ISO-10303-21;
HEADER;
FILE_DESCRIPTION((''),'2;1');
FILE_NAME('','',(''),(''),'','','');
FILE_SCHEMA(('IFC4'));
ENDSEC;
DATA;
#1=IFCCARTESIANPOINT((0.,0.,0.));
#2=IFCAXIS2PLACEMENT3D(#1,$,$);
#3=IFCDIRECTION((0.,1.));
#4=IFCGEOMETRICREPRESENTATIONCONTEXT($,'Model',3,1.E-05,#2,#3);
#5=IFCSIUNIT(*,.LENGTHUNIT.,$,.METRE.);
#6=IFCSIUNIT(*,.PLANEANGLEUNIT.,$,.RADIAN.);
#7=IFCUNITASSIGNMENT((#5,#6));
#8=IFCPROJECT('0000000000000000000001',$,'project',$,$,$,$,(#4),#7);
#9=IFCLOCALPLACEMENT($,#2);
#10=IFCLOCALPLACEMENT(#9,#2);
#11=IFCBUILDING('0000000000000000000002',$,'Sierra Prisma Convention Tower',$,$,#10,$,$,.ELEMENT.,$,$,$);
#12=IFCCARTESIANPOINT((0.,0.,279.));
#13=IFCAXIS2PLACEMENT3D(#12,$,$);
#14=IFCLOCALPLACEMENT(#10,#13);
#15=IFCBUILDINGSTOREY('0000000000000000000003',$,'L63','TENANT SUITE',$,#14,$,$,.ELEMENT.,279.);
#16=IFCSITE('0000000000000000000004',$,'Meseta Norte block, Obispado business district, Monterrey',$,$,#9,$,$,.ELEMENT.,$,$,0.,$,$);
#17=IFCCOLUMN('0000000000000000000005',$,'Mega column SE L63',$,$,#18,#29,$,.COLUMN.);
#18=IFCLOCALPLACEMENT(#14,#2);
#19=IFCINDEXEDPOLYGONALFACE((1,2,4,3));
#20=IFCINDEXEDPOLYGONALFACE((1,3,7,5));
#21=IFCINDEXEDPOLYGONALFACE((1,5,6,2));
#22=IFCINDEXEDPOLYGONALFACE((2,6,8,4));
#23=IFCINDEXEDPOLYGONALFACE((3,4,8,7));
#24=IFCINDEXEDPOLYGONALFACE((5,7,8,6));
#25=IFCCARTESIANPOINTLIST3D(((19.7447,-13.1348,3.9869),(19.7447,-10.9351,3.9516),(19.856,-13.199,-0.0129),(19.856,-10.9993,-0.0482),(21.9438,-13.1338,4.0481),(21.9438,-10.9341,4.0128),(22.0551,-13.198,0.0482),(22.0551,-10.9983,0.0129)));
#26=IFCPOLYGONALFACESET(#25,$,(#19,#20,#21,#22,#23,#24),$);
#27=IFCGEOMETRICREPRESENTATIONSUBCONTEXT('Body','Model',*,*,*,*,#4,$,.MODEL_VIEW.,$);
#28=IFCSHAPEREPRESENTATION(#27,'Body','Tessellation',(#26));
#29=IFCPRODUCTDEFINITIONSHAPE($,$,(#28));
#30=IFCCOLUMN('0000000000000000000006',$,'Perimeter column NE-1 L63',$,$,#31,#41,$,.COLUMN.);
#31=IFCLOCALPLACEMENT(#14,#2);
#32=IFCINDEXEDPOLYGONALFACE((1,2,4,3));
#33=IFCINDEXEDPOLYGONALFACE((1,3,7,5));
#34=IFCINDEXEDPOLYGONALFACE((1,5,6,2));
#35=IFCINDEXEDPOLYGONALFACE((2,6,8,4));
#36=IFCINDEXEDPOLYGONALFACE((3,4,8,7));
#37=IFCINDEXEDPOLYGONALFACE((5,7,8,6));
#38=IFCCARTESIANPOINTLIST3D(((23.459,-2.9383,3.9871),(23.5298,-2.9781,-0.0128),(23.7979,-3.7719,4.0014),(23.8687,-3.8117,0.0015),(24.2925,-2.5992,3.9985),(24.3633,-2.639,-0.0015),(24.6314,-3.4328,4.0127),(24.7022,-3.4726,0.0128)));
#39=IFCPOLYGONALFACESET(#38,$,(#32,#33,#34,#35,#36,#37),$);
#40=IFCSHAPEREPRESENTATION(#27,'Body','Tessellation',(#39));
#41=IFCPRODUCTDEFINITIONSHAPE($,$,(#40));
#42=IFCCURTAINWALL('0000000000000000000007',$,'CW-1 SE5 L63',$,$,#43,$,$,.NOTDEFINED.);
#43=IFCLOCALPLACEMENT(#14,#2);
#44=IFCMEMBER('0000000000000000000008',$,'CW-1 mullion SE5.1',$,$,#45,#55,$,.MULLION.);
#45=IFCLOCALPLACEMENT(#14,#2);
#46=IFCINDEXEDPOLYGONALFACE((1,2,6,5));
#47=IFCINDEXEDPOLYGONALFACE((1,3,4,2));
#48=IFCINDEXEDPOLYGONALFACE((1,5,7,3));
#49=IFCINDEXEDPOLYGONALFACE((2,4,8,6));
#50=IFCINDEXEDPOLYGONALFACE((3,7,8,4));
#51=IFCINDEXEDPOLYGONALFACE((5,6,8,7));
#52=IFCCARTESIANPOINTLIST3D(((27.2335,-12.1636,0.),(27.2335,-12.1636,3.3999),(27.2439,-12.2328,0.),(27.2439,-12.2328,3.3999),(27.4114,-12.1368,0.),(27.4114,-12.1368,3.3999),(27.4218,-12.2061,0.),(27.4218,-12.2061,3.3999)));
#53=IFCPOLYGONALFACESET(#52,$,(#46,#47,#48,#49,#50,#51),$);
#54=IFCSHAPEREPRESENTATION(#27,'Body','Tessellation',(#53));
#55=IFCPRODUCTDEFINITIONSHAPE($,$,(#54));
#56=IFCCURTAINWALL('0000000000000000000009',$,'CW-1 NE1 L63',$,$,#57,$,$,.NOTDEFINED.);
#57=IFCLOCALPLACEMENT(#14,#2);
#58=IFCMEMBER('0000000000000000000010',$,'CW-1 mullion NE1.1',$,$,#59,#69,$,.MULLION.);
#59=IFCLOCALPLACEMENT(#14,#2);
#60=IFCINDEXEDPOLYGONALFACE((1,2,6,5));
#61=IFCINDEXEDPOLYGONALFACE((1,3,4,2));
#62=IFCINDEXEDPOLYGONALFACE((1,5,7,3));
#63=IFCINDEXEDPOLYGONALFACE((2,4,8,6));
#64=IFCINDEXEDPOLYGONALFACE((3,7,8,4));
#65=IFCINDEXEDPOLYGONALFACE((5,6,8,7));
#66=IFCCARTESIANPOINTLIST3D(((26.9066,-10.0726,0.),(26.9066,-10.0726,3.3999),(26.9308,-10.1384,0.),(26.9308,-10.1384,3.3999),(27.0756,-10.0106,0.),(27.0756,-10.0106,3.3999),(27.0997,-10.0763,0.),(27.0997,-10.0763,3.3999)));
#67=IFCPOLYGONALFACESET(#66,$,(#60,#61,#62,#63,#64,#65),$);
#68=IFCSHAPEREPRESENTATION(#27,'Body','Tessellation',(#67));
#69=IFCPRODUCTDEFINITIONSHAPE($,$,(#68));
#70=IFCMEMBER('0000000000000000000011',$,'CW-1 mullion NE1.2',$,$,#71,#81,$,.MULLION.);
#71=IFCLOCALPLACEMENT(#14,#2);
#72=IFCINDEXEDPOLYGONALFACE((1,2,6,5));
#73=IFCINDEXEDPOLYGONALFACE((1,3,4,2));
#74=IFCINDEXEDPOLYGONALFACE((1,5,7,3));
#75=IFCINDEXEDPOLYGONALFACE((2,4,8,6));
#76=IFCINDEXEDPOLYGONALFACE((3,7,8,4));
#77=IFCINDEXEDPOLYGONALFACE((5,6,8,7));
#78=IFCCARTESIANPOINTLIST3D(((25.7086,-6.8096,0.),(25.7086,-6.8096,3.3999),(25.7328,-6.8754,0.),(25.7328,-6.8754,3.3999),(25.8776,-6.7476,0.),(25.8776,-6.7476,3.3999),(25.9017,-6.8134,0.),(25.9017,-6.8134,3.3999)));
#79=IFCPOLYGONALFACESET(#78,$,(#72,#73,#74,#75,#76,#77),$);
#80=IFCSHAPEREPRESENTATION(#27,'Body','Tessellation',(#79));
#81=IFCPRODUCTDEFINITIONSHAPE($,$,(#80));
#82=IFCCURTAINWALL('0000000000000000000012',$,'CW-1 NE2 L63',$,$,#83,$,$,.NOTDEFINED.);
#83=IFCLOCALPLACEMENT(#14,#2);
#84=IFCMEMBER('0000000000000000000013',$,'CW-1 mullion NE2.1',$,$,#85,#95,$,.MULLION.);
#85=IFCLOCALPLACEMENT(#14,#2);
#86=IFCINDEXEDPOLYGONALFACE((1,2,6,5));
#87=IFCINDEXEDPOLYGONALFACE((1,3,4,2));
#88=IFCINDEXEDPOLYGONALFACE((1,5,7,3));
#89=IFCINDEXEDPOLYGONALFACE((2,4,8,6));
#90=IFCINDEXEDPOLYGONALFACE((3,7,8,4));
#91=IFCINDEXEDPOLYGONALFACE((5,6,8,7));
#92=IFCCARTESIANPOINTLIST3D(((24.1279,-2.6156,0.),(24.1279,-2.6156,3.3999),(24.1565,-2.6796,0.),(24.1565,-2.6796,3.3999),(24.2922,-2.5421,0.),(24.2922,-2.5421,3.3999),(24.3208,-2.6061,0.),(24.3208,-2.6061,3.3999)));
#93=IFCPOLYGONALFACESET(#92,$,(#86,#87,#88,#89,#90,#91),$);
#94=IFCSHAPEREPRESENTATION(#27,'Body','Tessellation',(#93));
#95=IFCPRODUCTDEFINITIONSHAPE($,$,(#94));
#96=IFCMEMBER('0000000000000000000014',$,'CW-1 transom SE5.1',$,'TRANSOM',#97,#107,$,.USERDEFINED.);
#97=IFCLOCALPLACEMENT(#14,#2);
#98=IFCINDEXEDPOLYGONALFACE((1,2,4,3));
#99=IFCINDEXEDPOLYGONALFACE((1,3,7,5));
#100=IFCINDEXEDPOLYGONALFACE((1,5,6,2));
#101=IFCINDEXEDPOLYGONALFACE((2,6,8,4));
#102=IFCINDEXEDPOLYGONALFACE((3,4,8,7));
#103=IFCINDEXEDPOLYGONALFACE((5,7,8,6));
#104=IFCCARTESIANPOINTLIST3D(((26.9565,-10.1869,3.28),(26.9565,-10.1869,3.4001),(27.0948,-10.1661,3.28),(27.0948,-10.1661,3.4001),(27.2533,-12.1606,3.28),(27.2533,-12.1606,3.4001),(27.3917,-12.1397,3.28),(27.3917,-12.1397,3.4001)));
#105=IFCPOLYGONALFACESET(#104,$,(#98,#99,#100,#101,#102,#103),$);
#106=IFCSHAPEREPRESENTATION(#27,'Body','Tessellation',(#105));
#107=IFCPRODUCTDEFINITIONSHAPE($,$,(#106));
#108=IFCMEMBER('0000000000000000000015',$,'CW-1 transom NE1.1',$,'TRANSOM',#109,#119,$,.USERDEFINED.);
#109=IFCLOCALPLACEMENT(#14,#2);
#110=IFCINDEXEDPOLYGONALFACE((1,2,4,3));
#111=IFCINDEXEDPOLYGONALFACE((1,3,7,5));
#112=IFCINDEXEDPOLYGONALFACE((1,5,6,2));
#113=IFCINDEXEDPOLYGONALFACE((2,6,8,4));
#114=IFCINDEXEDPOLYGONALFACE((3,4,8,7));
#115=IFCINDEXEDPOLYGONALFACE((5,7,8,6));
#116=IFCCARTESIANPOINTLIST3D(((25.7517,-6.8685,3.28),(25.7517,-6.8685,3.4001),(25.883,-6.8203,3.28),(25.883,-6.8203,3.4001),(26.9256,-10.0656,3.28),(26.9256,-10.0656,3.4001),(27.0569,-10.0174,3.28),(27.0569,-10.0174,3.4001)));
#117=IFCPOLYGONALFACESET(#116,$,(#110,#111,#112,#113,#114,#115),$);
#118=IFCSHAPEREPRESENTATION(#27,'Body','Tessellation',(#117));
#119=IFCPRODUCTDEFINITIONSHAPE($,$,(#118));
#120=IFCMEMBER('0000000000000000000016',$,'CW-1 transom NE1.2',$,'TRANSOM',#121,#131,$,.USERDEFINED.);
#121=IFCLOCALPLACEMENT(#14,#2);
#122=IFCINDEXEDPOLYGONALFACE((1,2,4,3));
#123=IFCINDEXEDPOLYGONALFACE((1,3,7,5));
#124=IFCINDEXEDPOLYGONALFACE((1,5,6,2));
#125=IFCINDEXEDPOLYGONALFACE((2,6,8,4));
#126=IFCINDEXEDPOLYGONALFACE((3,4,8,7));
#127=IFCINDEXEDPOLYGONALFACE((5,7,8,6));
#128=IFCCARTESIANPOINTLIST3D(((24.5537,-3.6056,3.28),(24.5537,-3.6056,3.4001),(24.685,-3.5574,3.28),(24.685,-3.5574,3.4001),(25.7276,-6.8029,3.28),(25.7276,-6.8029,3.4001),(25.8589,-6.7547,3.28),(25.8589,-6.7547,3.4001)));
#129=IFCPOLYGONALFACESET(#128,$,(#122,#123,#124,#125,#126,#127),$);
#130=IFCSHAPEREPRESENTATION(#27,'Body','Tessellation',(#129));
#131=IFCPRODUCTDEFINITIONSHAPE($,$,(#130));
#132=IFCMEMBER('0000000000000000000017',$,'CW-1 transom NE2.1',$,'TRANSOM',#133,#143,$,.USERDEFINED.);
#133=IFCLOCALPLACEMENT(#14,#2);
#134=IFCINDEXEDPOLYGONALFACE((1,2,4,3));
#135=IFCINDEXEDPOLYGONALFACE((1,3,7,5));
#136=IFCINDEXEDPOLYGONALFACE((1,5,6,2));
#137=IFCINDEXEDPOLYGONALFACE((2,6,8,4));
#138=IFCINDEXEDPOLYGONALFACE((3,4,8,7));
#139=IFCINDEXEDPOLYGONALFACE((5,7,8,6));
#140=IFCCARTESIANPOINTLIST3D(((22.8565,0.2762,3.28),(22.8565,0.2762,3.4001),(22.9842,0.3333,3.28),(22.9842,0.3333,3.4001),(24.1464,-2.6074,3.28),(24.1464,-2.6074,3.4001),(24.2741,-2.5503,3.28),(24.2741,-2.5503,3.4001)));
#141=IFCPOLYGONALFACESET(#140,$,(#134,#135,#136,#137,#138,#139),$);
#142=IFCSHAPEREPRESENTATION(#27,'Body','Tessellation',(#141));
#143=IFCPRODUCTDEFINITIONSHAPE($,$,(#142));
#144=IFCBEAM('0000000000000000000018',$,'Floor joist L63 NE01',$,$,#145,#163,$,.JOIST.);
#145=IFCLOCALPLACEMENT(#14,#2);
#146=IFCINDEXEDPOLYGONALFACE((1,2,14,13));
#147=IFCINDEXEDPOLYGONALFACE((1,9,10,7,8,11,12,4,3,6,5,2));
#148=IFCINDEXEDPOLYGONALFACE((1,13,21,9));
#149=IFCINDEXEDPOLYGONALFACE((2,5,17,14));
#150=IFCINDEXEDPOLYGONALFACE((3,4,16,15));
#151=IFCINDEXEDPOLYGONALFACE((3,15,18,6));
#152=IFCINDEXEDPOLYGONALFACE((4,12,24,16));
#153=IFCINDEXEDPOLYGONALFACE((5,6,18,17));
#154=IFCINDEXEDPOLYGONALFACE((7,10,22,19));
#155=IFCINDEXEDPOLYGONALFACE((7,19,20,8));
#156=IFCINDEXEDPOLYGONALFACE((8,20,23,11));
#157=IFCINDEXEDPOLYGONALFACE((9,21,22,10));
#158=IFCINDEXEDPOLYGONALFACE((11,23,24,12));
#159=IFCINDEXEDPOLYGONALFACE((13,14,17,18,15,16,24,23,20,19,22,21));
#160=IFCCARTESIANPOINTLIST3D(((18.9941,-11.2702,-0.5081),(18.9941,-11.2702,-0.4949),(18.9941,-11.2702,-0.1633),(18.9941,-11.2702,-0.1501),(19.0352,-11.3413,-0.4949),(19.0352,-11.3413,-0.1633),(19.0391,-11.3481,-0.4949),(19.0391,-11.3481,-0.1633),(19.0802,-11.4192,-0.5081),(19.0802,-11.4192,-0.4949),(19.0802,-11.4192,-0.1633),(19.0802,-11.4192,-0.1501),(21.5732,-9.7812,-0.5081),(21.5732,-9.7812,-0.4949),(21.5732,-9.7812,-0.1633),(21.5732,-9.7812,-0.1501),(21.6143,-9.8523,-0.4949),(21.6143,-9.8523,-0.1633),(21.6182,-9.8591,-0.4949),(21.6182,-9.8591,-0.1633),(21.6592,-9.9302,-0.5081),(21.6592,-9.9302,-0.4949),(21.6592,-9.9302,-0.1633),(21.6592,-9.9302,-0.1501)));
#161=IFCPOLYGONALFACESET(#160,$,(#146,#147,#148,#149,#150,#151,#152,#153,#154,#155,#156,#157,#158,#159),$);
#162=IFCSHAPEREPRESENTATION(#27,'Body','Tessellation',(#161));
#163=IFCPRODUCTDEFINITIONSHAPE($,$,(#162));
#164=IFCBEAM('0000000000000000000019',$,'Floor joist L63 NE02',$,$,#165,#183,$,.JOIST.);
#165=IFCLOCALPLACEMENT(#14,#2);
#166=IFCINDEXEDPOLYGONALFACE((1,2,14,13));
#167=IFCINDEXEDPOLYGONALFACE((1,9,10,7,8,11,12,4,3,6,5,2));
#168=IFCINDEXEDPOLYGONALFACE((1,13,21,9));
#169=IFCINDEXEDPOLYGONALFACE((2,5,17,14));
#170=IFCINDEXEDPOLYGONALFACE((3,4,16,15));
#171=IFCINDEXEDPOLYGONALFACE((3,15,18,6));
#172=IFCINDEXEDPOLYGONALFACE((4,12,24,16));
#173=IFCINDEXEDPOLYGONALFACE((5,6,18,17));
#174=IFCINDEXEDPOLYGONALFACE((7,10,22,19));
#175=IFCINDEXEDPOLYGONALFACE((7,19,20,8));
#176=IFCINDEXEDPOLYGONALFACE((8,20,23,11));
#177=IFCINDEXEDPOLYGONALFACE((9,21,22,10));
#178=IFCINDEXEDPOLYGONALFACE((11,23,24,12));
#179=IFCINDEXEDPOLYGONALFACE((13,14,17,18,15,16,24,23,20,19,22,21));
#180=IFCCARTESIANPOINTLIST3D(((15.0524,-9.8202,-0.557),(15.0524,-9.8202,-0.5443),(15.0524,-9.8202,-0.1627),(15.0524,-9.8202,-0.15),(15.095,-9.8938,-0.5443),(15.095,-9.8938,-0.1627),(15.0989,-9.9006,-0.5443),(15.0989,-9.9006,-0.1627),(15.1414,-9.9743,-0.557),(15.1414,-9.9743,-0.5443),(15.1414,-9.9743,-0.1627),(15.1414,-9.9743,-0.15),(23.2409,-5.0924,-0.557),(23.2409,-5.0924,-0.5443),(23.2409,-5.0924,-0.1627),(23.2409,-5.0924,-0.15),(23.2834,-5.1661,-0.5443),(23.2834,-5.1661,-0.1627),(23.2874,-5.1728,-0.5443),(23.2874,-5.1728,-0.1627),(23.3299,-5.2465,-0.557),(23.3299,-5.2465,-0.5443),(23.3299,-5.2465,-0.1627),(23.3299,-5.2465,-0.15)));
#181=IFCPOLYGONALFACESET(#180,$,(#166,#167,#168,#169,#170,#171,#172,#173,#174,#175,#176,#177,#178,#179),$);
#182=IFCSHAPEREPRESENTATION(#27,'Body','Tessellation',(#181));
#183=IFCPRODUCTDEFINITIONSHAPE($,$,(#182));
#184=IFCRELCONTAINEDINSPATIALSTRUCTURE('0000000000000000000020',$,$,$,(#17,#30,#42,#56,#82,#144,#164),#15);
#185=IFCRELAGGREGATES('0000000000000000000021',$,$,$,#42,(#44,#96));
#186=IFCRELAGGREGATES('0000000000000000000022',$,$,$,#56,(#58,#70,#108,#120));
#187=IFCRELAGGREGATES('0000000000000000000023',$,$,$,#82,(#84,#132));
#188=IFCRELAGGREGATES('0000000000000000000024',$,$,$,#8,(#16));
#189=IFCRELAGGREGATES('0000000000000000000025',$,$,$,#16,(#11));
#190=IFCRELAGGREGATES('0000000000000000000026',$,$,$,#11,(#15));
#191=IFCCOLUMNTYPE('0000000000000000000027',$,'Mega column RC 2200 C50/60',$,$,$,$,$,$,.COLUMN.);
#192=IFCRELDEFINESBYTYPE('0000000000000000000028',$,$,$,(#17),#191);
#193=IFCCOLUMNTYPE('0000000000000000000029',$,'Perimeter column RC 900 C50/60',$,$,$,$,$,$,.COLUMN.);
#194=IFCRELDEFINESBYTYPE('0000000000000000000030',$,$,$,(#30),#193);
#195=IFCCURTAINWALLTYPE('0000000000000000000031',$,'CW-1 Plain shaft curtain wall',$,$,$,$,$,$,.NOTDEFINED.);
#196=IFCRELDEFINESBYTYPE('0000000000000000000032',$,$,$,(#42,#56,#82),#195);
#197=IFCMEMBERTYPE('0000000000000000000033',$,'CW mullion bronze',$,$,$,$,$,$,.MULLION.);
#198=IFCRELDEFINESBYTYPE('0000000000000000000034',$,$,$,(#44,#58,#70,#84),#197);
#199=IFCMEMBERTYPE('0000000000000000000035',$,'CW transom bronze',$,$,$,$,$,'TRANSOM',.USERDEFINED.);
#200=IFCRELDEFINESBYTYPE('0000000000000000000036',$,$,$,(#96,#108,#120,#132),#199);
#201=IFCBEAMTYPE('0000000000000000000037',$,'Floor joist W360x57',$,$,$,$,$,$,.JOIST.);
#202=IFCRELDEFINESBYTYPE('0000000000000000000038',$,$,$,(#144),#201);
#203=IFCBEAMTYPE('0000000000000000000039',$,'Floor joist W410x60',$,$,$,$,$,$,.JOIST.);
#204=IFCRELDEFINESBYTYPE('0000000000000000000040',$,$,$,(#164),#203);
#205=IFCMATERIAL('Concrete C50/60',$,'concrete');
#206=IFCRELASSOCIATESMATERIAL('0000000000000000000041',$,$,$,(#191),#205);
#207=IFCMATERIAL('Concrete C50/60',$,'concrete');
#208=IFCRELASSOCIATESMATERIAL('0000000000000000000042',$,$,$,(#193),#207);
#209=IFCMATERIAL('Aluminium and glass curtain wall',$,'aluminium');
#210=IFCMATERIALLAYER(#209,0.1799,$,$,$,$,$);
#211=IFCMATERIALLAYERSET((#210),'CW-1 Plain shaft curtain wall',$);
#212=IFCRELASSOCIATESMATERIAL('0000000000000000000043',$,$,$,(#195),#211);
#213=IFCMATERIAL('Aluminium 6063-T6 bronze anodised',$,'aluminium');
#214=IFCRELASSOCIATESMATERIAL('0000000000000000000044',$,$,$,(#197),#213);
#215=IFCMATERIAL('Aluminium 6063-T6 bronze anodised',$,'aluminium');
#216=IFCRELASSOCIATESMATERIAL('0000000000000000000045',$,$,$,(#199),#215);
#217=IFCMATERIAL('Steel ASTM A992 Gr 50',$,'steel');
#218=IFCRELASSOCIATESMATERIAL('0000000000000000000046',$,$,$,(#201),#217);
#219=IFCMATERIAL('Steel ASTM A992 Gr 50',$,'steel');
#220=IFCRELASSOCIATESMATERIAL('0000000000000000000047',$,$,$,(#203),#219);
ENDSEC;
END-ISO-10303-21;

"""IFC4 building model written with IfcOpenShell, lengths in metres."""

from ifc_helpers import new_model, si_unit, direction, frame, origin, origin_2d, place, context, subcontext, project, spatial, rectangle, i_section, extrude, material, layer, layer_set, material_profile, profile_set, type_object, element, aggregate, save


model = new_model("IFC4")

# Units and contexts
model_context = context("Model", 3, precision=1e-05, world=origin(), true_north=direction((0.0, 1.0)))
body_context = subcontext(model_context, "Body", "Model", "MODEL_VIEW")
ifc_project = project(units=[si_unit("LENGTHUNIT", "METRE"), si_unit("PLANEANGLEUNIT", "RADIAN")], contexts=[model_context])

# Site, building, storey
site_placement = place(None, origin())
site = spatial("IfcSite", under=ifc_project, at=site_placement, Name="Meseta Norte block, Obispado business district, Monterrey", CompositionType="ELEMENT", RefElevation=0.0)
building_placement = place(site_placement, origin())
building = spatial("IfcBuilding", under=site, at=building_placement, Name="Sierra Prisma Convention Tower", CompositionType="ELEMENT")
storey_placement = place(building_placement, frame((0.0, 0.0, 279.0)))
storey = spatial("IfcBuildingStorey", under=building, at=storey_placement, Name="L63", Description="TENANT SUITE", CompositionType="ELEMENT", Elevation=279.0)

# Columns
ifc_material_1 = material(Name="Concrete C50/60", Category="concrete")
ifc_material_profile_1 = material_profile(ifc_material_1, rectangle(XDim=2.2, YDim=2.2, at=origin_2d()), Name="Mega column RC 2200 C50/60")
ifc_profile_set_1 = profile_set([ifc_material_profile_1], Name="Concrete C50/60")
column_type_1 = type_object("IfcColumnType", Name="Mega column RC 2200 C50/60", PredefinedType="COLUMN", material=ifc_profile_set_1)
column_1_placement = place(storey_placement, frame((20.9556, -12.0986, 0.0), z_axis=(-0.027818, 0.016044, 0.999484), x_axis=(0.999613, 0.000446, 0.027814)))
element("IfcColumn", 1, at=column_1_placement, inside=storey, type_object=column_type_1, Name="Mega column SE L63", PredefinedType="COLUMN", context=body_context, shape_type="SweptSolid", body=[
    extrude(rectangle(XDim=2.2, YDim=2.2, at=origin_2d()), origin(), (0.0, 0.0, 1.0), 4.002),
])
ifc_material_2 = material(Name="Concrete C50/60", Category="concrete")
ifc_material_profile_2 = material_profile(ifc_material_2, rectangle(XDim=0.8999, YDim=0.8999, at=origin_2d()), Name="Perimeter column RC 900 C50/60")
ifc_profile_set_2 = profile_set([ifc_material_profile_2], Name="Concrete C50/60")
column_type_2 = type_object("IfcColumnType", Name="Perimeter column RC 900 C50/60", PredefinedType="COLUMN", material=ifc_profile_set_2)
column_2_placement = place(storey_placement, frame((24.116, -3.2253, 0.0), z_axis=(-0.017697, 0.009947, 0.999794), x_axis=(-0.376615, 0.926234, -0.015881)))
element("IfcColumn", 2, at=column_2_placement, inside=storey, type_object=column_type_2, Name="Perimeter column NE-1 L63", PredefinedType="COLUMN", context=body_context, shape_type="SweptSolid", body=[
    extrude(rectangle(XDim=0.8999, YDim=0.8999, at=origin_2d()), origin(), (0.0, 0.0, 1.0), 4.0007),
])

# Curtain wall, member
ifc_material_3 = material(Name="Aluminium and glass curtain wall", Category="aluminium")
ifc_layer_1 = layer(ifc_material_3, 0.1799)
ifc_layer_set_1 = layer_set([ifc_layer_1], Name="CW-1 Plain shaft curtain wall")
curtain_wall_type = type_object("IfcCurtainWallType", Name="CW-1 Plain shaft curtain wall", PredefinedType="NOTDEFINED", material=ifc_layer_set_1)
curtain_wall_1_placement = place(storey_placement, origin())
curtain_wall_1 = element("IfcCurtainWall", 3, at=curtain_wall_1_placement, inside=storey, type_object=curtain_wall_type, Name="CW-1 SE5 L63", PredefinedType="NOTDEFINED")
ifc_material_4 = material(Name="Aluminium 6063-T6 bronze anodised", Category="aluminium")
ifc_material_profile_3 = material_profile(ifc_material_4, rectangle(XDim=0.1799, YDim=0.0701, at=origin_2d()), Name="ALU MULLION 70x180")
ifc_profile_set_3 = profile_set([ifc_material_profile_3], Name="Aluminium 6063-T6 bronze anodised")
member_type_1 = type_object("IfcMemberType", Name="CW mullion bronze", PredefinedType="MULLION", material=ifc_profile_set_3)
member_1_placement = place(storey_placement, frame((27.3276, -12.1848, 0.0), z_axis=(0.0, 0.0, 1.0), x_axis=(-0.988878, -0.148731, 0.0)))
member_1 = element("IfcMember", 4, at=member_1_placement, type_object=member_type_1, Name="CW-1 mullion SE5.1", PredefinedType="MULLION", context=body_context, shape_type="SweptSolid", body=[
    extrude(rectangle(XDim=0.1799, YDim=0.0701, at=origin_2d()), origin(), (0.0, 0.0, 1.0), 3.3999),
])

# Curtain wall, members
curtain_wall_2_placement = place(storey_placement, origin())
curtain_wall_2 = element("IfcCurtainWall", 5, at=curtain_wall_2_placement, inside=storey, type_object=curtain_wall_type, Name="CW-1 NE1 L63", PredefinedType="NOTDEFINED")
member_2_placement = place(storey_placement, frame((27.0032, -10.0745, 0.0), z_axis=(0.0, 0.0, 1.0), x_axis=(-0.938735, -0.344639, 0.0)))
member_2 = element("IfcMember", 6, at=member_2_placement, type_object=member_type_1, Name="CW-1 mullion NE1.1", PredefinedType="MULLION", context=body_context, shape_type="SweptSolid", body=[
    extrude(rectangle(XDim=0.1799, YDim=0.0701, at=origin_2d()), origin(), (0.0, 0.0, 1.0), 3.3999),
])
member_3_placement = place(storey_placement, frame((25.8052, -6.8115, 0.0), z_axis=(0.0, 0.0, 1.0), x_axis=(-0.938735, -0.344639, 0.0)))
member_3 = element("IfcMember", 7, at=member_3_placement, type_object=member_type_1, Name="CW-1 mullion NE1.2", PredefinedType="MULLION", context=body_context, shape_type="SweptSolid", body=[
    extrude(rectangle(XDim=0.1799, YDim=0.0701, at=origin_2d()), origin(), (0.0, 0.0, 1.0), 3.3999),
])

# Curtain wall, member
curtain_wall_3_placement = place(storey_placement, origin())
curtain_wall_3 = element("IfcCurtainWall", 8, at=curtain_wall_3_placement, inside=storey, type_object=curtain_wall_type, Name="CW-1 NE2 L63", PredefinedType="NOTDEFINED")
member_4_placement = place(storey_placement, frame((24.2244, -2.6108, 0.0), z_axis=(0.0, 0.0, 1.0), x_axis=(-0.912864, -0.408264, 0.0)))
member_4 = element("IfcMember", 9, at=member_4_placement, type_object=member_type_1, Name="CW-1 mullion NE2.1", PredefinedType="MULLION", context=body_context, shape_type="SweptSolid", body=[
    extrude(rectangle(XDim=0.1799, YDim=0.0701, at=origin_2d()), origin(), (0.0, 0.0, 1.0), 3.3999),
])

# Members
ifc_material_5 = material(Name="Aluminium 6063-T6 bronze anodised", Category="aluminium")
ifc_material_profile_4 = material_profile(ifc_material_5, rectangle(XDim=0.1399, YDim=0.1201, at=origin_2d()), Name="ALU TRANSOM 120x140")
ifc_profile_set_4 = profile_set([ifc_material_profile_4], Name="Aluminium 6063-T6 bronze anodised")
member_type_2 = type_object("IfcMemberType", Name="CW transom bronze", ElementType="TRANSOM", PredefinedType="USERDEFINED", material=ifc_profile_set_4)
member_5_placement = place(storey_placement, frame((27.3225, -12.1501, 3.3401), z_axis=(-0.148747, 0.988875, 0.0), x_axis=(-0.988875, -0.148747, 0.0)))
member_5 = element("IfcMember", 10, at=member_5_placement, type_object=member_type_2, Name="CW-1 transom SE5.1", ObjectType="TRANSOM", PredefinedType="USERDEFINED", context=body_context, shape_type="SweptSolid", body=[
    extrude(rectangle(XDim=0.1399, YDim=0.1201, at=origin_2d()), origin(), (0.0, 0.0, 1.0), 1.9958),
])
member_6_placement = place(storey_placement, frame((26.9912, -10.0415, 3.3401), z_axis=(-0.344665, 0.938726, 0.0), x_axis=(-0.938726, -0.344665, 0.0)))
member_6 = element("IfcMember", 11, at=member_6_placement, type_object=member_type_2, Name="CW-1 transom NE1.1", ObjectType="TRANSOM", PredefinedType="USERDEFINED", context=body_context, shape_type="SweptSolid", body=[
    extrude(rectangle(XDim=0.1399, YDim=0.1201, at=origin_2d()), origin(), (0.0, 0.0, 1.0), 3.4058),
])
member_7_placement = place(storey_placement, frame((25.7932, -6.7788, 3.3401), z_axis=(-0.344642, 0.938734, 0.0), x_axis=(-0.938734, -0.344642, 0.0)))
member_7 = element("IfcMember", 12, at=member_7_placement, type_object=member_type_2, Name="CW-1 transom NE1.2", ObjectType="TRANSOM", PredefinedType="USERDEFINED", context=body_context, shape_type="SweptSolid", body=[
    extrude(rectangle(XDim=0.1399, YDim=0.1201, at=origin_2d()), origin(), (0.0, 0.0, 1.0), 3.406),
])
member_8_placement = place(storey_placement, frame((24.2102, -2.5789, 3.3401), z_axis=(-0.40831, 0.912843, 0.0), x_axis=(-0.912843, -0.40831, 0.0)))
member_8 = element("IfcMember", 13, at=member_8_placement, type_object=member_type_2, Name="CW-1 transom NE2.1", ObjectType="TRANSOM", PredefinedType="USERDEFINED", context=body_context, shape_type="SweptSolid", body=[
    extrude(rectangle(XDim=0.1399, YDim=0.1201, at=origin_2d()), origin(), (0.0, 0.0, 1.0), 3.1589),
])

# Beams
ifc_material_6 = material(Name="Steel ASTM A992 Gr 50", Category="steel")
ifc_material_profile_5 = material_profile(ifc_material_6, i_section(OverallWidth=0.1721, OverallDepth=0.3579, WebThickness=0.0078, FlangeThickness=0.0132, at=origin_2d()), Name="W360x57")
ifc_profile_set_5 = profile_set([ifc_material_profile_5], Name="Steel ASTM A992 Gr 50")
beam_type_1 = type_object("IfcBeamType", Name="Floor joist W360x57", PredefinedType="JOIST", material=ifc_profile_set_5)
beam_1_placement = place(storey_placement, frame((21.6162, -9.8557, -0.3291), z_axis=(-0.86603, -0.499992, 0.0), x_axis=(0.499992, -0.86603, 0.0)))
element("IfcBeam", 14, at=beam_1_placement, inside=storey, type_object=beam_type_1, Name="Floor joist L63 NE01", PredefinedType="JOIST", context=body_context, shape_type="SweptSolid", body=[
    extrude(i_section(OverallWidth=0.1721, OverallDepth=0.3579, WebThickness=0.0078, FlangeThickness=0.0132, at=origin_2d()), origin(), (0.0, 0.0, 1.0), 2.978),
])
ifc_material_7 = material(Name="Steel ASTM A992 Gr 50", Category="steel")
ifc_material_profile_6 = material_profile(ifc_material_7, i_section(OverallWidth=0.178, OverallDepth=0.407, WebThickness=0.0078, FlangeThickness=0.0127, at=origin_2d()), Name="W410x60")
ifc_profile_set_6 = profile_set([ifc_material_profile_6], Name="Steel ASTM A992 Gr 50")
beam_type_2 = type_object("IfcBeamType", Name="Floor joist W410x60", PredefinedType="JOIST", material=ifc_profile_set_6)
beam_2_placement = place(storey_placement, frame((23.2854, -5.1694, -0.3535), z_axis=(-0.866018, -0.500013, 0.0), x_axis=(0.500013, -0.866018, 0.0)))
element("IfcBeam", 15, at=beam_2_placement, inside=storey, type_object=beam_type_2, Name="Floor joist L63 NE02", PredefinedType="JOIST", context=body_context, shape_type="SweptSolid", body=[
    extrude(i_section(OverallWidth=0.178, OverallDepth=0.407, WebThickness=0.0078, FlangeThickness=0.0127, at=origin_2d()), origin(), (0.0, 0.0, 1.0), 9.4553),
])

aggregate(curtain_wall_1, [member_1, member_5])
aggregate(curtain_wall_2, [member_2, member_3, member_6, member_7])
aggregate(curtain_wall_3, [member_4, member_8])

save(model, "model.ifc")
